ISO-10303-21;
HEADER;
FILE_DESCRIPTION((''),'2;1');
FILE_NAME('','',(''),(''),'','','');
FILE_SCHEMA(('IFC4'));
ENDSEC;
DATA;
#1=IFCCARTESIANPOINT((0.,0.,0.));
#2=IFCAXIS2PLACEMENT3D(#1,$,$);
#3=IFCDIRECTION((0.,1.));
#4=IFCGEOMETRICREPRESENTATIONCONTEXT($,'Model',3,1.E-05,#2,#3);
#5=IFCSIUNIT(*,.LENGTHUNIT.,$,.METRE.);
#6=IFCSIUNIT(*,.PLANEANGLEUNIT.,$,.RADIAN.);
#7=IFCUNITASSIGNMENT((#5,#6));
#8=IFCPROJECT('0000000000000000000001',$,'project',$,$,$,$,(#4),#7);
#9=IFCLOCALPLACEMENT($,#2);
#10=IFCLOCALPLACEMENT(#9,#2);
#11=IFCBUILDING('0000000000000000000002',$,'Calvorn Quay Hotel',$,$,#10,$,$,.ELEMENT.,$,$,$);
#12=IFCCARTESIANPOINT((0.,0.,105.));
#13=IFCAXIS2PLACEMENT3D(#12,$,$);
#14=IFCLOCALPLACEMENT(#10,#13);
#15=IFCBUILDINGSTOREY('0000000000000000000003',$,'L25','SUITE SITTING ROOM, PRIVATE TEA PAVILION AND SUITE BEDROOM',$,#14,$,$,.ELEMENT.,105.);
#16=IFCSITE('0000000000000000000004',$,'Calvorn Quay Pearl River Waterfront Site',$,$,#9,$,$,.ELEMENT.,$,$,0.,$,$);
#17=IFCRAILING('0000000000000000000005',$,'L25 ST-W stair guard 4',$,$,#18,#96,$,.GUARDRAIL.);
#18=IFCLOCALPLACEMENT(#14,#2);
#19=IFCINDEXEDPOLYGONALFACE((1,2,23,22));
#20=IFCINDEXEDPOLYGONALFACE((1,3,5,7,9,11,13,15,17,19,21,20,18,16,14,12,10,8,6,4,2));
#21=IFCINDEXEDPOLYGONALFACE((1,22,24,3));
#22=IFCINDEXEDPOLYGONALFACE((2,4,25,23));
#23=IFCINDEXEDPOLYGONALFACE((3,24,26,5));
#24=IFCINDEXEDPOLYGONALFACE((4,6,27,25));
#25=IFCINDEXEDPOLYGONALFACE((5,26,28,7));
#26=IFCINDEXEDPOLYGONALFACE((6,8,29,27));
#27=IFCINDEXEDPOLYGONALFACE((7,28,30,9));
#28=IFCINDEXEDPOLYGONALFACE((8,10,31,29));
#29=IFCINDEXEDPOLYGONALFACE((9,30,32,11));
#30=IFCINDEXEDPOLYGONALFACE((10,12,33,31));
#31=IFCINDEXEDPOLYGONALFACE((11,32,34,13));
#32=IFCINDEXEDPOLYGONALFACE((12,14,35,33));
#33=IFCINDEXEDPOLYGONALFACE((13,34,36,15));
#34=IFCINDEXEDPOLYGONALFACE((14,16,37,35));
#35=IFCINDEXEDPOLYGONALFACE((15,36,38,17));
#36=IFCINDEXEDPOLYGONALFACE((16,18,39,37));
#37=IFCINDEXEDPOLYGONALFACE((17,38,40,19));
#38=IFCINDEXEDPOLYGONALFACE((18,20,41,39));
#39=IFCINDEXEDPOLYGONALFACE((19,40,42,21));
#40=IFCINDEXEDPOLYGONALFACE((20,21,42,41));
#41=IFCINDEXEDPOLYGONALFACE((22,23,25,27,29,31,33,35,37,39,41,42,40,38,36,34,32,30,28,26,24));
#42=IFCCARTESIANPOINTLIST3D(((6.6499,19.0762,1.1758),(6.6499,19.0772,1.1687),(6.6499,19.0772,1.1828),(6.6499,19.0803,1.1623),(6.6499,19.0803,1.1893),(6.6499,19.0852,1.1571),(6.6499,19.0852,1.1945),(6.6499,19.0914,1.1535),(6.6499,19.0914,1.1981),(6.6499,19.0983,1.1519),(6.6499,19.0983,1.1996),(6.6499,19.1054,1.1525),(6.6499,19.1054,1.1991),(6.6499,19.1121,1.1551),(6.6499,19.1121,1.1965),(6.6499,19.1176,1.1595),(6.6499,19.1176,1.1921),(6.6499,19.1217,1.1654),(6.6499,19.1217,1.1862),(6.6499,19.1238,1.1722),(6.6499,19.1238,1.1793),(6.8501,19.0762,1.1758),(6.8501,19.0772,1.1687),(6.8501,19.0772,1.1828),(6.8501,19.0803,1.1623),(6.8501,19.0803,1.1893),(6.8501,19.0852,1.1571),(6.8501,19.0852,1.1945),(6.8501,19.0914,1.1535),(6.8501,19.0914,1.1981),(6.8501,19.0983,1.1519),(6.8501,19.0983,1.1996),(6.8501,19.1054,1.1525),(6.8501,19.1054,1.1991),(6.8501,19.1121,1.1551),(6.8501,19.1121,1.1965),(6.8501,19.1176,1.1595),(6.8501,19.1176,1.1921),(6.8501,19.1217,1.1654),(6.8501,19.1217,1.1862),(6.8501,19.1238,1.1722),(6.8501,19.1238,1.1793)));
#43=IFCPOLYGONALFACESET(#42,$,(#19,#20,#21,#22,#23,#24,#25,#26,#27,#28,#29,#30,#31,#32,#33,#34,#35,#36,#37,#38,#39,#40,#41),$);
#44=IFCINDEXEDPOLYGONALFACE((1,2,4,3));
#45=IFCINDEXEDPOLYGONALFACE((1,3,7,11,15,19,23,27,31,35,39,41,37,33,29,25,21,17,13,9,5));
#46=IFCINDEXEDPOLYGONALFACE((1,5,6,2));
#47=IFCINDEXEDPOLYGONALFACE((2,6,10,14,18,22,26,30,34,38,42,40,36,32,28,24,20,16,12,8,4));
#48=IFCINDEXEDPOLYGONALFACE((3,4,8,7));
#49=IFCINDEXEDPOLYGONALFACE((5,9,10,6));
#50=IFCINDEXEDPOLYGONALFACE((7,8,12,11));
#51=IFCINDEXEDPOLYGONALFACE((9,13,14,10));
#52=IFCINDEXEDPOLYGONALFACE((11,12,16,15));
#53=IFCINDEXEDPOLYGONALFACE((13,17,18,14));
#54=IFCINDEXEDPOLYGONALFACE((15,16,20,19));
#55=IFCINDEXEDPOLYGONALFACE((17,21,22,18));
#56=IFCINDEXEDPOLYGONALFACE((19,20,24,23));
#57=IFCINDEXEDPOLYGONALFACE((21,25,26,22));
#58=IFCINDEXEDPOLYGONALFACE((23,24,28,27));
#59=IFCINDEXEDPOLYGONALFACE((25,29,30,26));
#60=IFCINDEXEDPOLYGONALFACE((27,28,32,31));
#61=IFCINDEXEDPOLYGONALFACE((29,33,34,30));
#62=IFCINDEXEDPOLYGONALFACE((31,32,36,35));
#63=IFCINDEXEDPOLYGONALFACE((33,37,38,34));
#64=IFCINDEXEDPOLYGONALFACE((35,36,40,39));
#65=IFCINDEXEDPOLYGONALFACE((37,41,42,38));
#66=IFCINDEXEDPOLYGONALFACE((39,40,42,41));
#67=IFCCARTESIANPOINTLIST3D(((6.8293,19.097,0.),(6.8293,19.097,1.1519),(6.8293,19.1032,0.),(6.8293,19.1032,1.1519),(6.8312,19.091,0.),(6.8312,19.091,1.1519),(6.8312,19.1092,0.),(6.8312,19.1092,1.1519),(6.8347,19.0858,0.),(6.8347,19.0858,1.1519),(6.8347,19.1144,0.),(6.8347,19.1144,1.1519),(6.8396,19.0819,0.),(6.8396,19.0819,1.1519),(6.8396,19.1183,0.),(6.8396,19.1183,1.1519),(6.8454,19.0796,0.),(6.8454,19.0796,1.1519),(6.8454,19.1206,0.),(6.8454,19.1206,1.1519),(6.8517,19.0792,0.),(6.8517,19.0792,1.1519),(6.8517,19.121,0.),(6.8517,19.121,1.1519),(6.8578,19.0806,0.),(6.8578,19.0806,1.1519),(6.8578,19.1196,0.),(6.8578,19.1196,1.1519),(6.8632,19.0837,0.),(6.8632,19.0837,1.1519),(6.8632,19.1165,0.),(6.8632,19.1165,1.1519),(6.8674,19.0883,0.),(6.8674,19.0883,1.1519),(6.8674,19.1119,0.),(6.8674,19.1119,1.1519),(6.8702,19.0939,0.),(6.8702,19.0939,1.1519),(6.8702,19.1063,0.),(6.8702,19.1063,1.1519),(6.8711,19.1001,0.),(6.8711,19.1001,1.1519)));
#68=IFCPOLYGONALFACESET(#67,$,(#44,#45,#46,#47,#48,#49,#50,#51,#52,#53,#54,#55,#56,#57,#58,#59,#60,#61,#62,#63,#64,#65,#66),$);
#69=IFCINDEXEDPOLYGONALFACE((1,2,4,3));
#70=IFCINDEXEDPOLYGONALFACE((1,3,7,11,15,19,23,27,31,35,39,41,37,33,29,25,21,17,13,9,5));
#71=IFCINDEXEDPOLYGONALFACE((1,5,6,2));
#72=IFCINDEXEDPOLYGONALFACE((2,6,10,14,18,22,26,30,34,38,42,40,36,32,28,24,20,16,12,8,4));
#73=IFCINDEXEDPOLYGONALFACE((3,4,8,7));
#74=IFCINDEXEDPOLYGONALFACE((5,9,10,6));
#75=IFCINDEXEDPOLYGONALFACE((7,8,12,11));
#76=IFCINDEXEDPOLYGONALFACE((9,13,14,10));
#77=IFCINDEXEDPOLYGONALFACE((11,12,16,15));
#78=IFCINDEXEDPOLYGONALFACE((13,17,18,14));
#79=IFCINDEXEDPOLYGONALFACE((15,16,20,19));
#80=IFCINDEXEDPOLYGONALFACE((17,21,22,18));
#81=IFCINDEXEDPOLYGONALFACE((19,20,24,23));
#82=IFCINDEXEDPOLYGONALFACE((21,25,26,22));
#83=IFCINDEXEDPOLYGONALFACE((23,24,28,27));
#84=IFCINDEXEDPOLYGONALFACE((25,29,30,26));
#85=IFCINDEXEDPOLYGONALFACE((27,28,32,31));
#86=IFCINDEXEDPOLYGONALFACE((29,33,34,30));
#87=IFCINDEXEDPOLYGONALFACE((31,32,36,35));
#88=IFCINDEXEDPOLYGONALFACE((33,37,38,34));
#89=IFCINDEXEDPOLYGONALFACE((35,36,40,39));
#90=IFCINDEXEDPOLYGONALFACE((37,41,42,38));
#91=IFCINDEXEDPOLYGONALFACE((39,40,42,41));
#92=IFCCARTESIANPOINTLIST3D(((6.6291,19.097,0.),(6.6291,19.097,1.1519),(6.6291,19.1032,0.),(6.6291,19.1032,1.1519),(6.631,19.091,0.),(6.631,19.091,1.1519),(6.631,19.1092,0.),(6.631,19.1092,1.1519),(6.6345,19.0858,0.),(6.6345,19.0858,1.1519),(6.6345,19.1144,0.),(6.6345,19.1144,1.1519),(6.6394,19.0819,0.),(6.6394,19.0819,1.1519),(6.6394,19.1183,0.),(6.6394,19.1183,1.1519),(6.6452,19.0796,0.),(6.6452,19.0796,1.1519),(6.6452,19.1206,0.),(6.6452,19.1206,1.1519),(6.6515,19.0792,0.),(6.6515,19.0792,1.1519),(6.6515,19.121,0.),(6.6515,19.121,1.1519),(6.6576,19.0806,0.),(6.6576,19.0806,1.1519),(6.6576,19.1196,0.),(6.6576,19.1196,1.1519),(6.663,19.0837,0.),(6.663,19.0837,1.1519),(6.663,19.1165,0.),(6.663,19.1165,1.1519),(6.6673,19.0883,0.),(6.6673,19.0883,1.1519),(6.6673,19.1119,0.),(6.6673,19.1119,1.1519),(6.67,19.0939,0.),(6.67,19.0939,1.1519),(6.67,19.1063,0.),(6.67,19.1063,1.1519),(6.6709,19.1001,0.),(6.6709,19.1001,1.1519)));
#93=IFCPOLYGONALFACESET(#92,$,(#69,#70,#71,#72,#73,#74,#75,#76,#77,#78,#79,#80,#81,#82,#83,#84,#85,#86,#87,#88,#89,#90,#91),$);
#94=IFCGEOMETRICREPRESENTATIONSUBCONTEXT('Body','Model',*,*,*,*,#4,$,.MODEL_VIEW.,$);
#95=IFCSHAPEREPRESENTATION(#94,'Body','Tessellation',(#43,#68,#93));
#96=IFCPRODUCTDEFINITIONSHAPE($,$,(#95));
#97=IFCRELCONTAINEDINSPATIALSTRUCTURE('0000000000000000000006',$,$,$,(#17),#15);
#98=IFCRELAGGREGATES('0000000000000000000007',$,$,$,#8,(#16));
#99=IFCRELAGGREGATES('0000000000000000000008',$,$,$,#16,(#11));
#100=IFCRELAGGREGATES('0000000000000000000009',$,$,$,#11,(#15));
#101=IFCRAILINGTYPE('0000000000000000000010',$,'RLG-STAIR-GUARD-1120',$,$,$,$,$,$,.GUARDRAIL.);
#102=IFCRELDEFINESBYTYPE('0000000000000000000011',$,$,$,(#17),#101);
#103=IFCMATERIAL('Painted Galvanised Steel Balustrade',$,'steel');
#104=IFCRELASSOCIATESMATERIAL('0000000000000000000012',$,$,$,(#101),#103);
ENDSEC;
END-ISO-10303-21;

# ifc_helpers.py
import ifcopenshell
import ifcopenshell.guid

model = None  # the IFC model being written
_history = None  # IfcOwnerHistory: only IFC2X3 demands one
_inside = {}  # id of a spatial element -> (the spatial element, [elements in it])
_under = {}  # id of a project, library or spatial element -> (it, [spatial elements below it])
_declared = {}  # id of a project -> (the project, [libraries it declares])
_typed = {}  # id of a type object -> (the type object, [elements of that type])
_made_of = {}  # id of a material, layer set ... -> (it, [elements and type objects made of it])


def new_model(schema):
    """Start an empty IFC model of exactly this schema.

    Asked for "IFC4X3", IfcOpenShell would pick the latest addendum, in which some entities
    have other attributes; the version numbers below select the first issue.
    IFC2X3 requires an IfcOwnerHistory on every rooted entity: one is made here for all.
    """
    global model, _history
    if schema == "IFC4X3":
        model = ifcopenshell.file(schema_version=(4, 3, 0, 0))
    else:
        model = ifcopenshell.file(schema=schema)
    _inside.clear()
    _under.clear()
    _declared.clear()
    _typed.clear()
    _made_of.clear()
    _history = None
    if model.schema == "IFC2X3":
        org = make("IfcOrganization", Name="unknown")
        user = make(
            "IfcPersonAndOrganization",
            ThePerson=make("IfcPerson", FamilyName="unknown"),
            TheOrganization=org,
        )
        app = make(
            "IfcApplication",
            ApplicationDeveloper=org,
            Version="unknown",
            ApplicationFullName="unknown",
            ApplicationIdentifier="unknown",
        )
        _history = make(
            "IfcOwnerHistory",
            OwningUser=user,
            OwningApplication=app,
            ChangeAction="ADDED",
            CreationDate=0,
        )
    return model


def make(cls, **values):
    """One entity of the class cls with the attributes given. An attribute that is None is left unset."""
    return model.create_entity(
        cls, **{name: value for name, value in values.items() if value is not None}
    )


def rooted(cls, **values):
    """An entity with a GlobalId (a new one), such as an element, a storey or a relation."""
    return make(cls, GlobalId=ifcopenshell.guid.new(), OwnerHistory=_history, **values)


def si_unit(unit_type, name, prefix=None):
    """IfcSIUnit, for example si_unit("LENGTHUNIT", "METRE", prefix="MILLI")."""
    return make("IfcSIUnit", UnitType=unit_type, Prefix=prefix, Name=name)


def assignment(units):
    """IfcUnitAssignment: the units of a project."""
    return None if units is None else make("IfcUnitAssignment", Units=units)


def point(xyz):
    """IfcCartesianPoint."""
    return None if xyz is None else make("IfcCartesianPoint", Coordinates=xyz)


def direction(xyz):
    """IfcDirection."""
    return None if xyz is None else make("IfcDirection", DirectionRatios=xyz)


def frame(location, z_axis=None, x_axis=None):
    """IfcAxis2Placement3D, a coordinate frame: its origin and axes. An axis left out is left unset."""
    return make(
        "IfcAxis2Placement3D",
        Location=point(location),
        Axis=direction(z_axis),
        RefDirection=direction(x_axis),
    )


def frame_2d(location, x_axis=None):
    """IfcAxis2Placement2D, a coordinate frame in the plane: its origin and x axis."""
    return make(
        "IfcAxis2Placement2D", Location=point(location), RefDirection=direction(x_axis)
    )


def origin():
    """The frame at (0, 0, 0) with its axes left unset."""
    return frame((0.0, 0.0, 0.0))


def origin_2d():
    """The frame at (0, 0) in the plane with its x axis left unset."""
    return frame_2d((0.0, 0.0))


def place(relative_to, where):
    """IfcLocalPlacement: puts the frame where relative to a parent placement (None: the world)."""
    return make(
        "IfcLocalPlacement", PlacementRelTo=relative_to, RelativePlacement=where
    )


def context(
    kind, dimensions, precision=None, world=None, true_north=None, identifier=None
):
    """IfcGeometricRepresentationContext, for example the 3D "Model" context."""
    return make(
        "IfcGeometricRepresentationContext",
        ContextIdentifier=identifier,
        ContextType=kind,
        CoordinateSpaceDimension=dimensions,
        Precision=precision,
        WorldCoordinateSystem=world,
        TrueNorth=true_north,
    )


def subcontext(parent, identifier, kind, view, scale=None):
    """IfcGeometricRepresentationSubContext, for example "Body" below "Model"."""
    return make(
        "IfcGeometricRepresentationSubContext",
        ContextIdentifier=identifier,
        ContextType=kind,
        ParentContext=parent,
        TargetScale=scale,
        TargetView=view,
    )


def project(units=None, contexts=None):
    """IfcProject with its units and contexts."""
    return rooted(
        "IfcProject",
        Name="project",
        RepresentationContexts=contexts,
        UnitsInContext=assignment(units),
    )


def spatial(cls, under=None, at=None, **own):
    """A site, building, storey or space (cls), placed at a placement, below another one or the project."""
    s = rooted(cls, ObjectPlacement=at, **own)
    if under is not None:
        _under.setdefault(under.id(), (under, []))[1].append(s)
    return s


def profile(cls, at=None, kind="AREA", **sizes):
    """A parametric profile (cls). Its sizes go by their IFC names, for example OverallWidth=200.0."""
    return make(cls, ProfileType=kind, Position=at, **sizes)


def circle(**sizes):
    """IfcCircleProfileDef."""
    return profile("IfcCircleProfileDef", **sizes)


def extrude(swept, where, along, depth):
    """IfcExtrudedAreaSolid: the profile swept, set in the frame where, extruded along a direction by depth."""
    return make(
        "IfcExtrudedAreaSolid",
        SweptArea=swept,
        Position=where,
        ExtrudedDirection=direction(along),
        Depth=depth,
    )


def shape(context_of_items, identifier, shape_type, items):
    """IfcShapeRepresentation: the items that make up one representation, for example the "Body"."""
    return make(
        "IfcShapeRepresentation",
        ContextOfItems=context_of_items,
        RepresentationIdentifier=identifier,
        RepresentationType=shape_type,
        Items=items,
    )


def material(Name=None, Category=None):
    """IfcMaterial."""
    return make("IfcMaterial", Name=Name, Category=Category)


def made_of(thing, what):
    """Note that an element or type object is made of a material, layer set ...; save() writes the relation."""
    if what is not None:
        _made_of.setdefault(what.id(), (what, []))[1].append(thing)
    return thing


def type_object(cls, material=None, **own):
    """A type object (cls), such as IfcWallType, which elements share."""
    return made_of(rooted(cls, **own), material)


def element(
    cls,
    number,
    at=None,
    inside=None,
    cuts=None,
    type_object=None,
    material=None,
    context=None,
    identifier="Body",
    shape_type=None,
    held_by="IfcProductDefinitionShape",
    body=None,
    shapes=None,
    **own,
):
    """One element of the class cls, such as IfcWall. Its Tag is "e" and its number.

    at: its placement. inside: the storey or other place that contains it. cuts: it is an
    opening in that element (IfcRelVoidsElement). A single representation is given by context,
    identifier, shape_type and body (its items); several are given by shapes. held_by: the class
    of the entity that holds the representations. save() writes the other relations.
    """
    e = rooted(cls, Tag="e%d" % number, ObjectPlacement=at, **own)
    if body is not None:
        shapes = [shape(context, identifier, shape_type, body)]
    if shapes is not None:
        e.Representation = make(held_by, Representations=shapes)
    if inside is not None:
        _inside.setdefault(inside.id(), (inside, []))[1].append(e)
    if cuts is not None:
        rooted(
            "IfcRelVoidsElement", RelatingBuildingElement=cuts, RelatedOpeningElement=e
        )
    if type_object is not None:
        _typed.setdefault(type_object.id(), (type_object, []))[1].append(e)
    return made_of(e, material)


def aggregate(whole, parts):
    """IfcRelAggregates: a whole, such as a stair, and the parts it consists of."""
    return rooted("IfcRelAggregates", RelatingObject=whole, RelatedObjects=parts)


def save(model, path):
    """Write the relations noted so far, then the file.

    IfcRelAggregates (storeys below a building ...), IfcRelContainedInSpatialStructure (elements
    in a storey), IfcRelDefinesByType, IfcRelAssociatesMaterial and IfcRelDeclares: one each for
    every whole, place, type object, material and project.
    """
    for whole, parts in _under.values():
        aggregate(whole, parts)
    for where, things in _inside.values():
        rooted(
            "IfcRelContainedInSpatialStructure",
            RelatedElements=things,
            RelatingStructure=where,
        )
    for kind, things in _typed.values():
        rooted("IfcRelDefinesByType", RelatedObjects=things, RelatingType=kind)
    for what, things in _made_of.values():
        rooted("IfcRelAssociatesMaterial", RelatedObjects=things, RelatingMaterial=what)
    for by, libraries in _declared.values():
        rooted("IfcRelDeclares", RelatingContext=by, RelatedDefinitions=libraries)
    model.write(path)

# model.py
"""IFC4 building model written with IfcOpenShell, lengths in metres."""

from ifc_helpers import new_model, si_unit, direction, frame, origin, origin_2d, place, context, subcontext, project, spatial, circle, extrude, material, type_object, element, save


model = new_model("IFC4")

# Units and contexts
model_context = context("Model", 3, precision=1e-05, world=origin(), true_north=direction((0.0, 1.0)))
body_context = subcontext(model_context, "Body", "Model", "MODEL_VIEW")
ifc_project = project(units=[si_unit("LENGTHUNIT", "METRE"), si_unit("PLANEANGLEUNIT", "RADIAN")], contexts=[model_context])

# Site, building, storey
site_placement = place(None, origin())
site = spatial("IfcSite", under=ifc_project, at=site_placement, Name="Calvorn Quay Pearl River Waterfront Site", CompositionType="ELEMENT", RefElevation=0.0)
building_placement = place(site_placement, origin())
building = spatial("IfcBuilding", under=site, at=building_placement, Name="Calvorn Quay Hotel", CompositionType="ELEMENT")
storey_placement = place(building_placement, frame((0.0, 0.0, 105.0)))
storey = spatial("IfcBuildingStorey", under=building, at=storey_placement, Name="L25", Description="SUITE SITTING ROOM, PRIVATE TEA PAVILION AND SUITE BEDROOM", CompositionType="ELEMENT", Elevation=105.0)

# Railing
ifc_material_1 = material(Name="Painted Galvanised Steel Balustrade", Category="steel")
railing_type_1 = type_object("IfcRailingType", Name="RLG-STAIR-GUARD-1120", PredefinedType="GUARDRAIL", material=ifc_material_1)
railing_1_placement = place(storey_placement, frame((6.8501, 19.1001, 0.0)))
element("IfcRailing", 1, at=railing_1_placement, inside=storey, type_object=railing_type_1, Name="L25 ST-W stair guard 4", PredefinedType="GUARDRAIL", context=body_context, shape_type="SweptSolid", body=[
    extrude(circle(Radius=0.0239, at=origin_2d()), frame((0.0, 0.0, 1.1758), z_axis=(-1.0, 0.0, 0.0), x_axis=(0.0, -1.0, 0.0)), (0.0, 0.0, 1.0), 0.2002),
    extrude(circle(Radius=0.021, at=origin_2d()), origin(), (0.0, 0.0, 1.0), 1.1519),
    extrude(circle(Radius=0.021, at=origin_2d()), frame((-0.2002, 0.0, 0.0)), (0.0, 0.0, 1.0), 1.1519),
])

save(model, "model.ifc")
